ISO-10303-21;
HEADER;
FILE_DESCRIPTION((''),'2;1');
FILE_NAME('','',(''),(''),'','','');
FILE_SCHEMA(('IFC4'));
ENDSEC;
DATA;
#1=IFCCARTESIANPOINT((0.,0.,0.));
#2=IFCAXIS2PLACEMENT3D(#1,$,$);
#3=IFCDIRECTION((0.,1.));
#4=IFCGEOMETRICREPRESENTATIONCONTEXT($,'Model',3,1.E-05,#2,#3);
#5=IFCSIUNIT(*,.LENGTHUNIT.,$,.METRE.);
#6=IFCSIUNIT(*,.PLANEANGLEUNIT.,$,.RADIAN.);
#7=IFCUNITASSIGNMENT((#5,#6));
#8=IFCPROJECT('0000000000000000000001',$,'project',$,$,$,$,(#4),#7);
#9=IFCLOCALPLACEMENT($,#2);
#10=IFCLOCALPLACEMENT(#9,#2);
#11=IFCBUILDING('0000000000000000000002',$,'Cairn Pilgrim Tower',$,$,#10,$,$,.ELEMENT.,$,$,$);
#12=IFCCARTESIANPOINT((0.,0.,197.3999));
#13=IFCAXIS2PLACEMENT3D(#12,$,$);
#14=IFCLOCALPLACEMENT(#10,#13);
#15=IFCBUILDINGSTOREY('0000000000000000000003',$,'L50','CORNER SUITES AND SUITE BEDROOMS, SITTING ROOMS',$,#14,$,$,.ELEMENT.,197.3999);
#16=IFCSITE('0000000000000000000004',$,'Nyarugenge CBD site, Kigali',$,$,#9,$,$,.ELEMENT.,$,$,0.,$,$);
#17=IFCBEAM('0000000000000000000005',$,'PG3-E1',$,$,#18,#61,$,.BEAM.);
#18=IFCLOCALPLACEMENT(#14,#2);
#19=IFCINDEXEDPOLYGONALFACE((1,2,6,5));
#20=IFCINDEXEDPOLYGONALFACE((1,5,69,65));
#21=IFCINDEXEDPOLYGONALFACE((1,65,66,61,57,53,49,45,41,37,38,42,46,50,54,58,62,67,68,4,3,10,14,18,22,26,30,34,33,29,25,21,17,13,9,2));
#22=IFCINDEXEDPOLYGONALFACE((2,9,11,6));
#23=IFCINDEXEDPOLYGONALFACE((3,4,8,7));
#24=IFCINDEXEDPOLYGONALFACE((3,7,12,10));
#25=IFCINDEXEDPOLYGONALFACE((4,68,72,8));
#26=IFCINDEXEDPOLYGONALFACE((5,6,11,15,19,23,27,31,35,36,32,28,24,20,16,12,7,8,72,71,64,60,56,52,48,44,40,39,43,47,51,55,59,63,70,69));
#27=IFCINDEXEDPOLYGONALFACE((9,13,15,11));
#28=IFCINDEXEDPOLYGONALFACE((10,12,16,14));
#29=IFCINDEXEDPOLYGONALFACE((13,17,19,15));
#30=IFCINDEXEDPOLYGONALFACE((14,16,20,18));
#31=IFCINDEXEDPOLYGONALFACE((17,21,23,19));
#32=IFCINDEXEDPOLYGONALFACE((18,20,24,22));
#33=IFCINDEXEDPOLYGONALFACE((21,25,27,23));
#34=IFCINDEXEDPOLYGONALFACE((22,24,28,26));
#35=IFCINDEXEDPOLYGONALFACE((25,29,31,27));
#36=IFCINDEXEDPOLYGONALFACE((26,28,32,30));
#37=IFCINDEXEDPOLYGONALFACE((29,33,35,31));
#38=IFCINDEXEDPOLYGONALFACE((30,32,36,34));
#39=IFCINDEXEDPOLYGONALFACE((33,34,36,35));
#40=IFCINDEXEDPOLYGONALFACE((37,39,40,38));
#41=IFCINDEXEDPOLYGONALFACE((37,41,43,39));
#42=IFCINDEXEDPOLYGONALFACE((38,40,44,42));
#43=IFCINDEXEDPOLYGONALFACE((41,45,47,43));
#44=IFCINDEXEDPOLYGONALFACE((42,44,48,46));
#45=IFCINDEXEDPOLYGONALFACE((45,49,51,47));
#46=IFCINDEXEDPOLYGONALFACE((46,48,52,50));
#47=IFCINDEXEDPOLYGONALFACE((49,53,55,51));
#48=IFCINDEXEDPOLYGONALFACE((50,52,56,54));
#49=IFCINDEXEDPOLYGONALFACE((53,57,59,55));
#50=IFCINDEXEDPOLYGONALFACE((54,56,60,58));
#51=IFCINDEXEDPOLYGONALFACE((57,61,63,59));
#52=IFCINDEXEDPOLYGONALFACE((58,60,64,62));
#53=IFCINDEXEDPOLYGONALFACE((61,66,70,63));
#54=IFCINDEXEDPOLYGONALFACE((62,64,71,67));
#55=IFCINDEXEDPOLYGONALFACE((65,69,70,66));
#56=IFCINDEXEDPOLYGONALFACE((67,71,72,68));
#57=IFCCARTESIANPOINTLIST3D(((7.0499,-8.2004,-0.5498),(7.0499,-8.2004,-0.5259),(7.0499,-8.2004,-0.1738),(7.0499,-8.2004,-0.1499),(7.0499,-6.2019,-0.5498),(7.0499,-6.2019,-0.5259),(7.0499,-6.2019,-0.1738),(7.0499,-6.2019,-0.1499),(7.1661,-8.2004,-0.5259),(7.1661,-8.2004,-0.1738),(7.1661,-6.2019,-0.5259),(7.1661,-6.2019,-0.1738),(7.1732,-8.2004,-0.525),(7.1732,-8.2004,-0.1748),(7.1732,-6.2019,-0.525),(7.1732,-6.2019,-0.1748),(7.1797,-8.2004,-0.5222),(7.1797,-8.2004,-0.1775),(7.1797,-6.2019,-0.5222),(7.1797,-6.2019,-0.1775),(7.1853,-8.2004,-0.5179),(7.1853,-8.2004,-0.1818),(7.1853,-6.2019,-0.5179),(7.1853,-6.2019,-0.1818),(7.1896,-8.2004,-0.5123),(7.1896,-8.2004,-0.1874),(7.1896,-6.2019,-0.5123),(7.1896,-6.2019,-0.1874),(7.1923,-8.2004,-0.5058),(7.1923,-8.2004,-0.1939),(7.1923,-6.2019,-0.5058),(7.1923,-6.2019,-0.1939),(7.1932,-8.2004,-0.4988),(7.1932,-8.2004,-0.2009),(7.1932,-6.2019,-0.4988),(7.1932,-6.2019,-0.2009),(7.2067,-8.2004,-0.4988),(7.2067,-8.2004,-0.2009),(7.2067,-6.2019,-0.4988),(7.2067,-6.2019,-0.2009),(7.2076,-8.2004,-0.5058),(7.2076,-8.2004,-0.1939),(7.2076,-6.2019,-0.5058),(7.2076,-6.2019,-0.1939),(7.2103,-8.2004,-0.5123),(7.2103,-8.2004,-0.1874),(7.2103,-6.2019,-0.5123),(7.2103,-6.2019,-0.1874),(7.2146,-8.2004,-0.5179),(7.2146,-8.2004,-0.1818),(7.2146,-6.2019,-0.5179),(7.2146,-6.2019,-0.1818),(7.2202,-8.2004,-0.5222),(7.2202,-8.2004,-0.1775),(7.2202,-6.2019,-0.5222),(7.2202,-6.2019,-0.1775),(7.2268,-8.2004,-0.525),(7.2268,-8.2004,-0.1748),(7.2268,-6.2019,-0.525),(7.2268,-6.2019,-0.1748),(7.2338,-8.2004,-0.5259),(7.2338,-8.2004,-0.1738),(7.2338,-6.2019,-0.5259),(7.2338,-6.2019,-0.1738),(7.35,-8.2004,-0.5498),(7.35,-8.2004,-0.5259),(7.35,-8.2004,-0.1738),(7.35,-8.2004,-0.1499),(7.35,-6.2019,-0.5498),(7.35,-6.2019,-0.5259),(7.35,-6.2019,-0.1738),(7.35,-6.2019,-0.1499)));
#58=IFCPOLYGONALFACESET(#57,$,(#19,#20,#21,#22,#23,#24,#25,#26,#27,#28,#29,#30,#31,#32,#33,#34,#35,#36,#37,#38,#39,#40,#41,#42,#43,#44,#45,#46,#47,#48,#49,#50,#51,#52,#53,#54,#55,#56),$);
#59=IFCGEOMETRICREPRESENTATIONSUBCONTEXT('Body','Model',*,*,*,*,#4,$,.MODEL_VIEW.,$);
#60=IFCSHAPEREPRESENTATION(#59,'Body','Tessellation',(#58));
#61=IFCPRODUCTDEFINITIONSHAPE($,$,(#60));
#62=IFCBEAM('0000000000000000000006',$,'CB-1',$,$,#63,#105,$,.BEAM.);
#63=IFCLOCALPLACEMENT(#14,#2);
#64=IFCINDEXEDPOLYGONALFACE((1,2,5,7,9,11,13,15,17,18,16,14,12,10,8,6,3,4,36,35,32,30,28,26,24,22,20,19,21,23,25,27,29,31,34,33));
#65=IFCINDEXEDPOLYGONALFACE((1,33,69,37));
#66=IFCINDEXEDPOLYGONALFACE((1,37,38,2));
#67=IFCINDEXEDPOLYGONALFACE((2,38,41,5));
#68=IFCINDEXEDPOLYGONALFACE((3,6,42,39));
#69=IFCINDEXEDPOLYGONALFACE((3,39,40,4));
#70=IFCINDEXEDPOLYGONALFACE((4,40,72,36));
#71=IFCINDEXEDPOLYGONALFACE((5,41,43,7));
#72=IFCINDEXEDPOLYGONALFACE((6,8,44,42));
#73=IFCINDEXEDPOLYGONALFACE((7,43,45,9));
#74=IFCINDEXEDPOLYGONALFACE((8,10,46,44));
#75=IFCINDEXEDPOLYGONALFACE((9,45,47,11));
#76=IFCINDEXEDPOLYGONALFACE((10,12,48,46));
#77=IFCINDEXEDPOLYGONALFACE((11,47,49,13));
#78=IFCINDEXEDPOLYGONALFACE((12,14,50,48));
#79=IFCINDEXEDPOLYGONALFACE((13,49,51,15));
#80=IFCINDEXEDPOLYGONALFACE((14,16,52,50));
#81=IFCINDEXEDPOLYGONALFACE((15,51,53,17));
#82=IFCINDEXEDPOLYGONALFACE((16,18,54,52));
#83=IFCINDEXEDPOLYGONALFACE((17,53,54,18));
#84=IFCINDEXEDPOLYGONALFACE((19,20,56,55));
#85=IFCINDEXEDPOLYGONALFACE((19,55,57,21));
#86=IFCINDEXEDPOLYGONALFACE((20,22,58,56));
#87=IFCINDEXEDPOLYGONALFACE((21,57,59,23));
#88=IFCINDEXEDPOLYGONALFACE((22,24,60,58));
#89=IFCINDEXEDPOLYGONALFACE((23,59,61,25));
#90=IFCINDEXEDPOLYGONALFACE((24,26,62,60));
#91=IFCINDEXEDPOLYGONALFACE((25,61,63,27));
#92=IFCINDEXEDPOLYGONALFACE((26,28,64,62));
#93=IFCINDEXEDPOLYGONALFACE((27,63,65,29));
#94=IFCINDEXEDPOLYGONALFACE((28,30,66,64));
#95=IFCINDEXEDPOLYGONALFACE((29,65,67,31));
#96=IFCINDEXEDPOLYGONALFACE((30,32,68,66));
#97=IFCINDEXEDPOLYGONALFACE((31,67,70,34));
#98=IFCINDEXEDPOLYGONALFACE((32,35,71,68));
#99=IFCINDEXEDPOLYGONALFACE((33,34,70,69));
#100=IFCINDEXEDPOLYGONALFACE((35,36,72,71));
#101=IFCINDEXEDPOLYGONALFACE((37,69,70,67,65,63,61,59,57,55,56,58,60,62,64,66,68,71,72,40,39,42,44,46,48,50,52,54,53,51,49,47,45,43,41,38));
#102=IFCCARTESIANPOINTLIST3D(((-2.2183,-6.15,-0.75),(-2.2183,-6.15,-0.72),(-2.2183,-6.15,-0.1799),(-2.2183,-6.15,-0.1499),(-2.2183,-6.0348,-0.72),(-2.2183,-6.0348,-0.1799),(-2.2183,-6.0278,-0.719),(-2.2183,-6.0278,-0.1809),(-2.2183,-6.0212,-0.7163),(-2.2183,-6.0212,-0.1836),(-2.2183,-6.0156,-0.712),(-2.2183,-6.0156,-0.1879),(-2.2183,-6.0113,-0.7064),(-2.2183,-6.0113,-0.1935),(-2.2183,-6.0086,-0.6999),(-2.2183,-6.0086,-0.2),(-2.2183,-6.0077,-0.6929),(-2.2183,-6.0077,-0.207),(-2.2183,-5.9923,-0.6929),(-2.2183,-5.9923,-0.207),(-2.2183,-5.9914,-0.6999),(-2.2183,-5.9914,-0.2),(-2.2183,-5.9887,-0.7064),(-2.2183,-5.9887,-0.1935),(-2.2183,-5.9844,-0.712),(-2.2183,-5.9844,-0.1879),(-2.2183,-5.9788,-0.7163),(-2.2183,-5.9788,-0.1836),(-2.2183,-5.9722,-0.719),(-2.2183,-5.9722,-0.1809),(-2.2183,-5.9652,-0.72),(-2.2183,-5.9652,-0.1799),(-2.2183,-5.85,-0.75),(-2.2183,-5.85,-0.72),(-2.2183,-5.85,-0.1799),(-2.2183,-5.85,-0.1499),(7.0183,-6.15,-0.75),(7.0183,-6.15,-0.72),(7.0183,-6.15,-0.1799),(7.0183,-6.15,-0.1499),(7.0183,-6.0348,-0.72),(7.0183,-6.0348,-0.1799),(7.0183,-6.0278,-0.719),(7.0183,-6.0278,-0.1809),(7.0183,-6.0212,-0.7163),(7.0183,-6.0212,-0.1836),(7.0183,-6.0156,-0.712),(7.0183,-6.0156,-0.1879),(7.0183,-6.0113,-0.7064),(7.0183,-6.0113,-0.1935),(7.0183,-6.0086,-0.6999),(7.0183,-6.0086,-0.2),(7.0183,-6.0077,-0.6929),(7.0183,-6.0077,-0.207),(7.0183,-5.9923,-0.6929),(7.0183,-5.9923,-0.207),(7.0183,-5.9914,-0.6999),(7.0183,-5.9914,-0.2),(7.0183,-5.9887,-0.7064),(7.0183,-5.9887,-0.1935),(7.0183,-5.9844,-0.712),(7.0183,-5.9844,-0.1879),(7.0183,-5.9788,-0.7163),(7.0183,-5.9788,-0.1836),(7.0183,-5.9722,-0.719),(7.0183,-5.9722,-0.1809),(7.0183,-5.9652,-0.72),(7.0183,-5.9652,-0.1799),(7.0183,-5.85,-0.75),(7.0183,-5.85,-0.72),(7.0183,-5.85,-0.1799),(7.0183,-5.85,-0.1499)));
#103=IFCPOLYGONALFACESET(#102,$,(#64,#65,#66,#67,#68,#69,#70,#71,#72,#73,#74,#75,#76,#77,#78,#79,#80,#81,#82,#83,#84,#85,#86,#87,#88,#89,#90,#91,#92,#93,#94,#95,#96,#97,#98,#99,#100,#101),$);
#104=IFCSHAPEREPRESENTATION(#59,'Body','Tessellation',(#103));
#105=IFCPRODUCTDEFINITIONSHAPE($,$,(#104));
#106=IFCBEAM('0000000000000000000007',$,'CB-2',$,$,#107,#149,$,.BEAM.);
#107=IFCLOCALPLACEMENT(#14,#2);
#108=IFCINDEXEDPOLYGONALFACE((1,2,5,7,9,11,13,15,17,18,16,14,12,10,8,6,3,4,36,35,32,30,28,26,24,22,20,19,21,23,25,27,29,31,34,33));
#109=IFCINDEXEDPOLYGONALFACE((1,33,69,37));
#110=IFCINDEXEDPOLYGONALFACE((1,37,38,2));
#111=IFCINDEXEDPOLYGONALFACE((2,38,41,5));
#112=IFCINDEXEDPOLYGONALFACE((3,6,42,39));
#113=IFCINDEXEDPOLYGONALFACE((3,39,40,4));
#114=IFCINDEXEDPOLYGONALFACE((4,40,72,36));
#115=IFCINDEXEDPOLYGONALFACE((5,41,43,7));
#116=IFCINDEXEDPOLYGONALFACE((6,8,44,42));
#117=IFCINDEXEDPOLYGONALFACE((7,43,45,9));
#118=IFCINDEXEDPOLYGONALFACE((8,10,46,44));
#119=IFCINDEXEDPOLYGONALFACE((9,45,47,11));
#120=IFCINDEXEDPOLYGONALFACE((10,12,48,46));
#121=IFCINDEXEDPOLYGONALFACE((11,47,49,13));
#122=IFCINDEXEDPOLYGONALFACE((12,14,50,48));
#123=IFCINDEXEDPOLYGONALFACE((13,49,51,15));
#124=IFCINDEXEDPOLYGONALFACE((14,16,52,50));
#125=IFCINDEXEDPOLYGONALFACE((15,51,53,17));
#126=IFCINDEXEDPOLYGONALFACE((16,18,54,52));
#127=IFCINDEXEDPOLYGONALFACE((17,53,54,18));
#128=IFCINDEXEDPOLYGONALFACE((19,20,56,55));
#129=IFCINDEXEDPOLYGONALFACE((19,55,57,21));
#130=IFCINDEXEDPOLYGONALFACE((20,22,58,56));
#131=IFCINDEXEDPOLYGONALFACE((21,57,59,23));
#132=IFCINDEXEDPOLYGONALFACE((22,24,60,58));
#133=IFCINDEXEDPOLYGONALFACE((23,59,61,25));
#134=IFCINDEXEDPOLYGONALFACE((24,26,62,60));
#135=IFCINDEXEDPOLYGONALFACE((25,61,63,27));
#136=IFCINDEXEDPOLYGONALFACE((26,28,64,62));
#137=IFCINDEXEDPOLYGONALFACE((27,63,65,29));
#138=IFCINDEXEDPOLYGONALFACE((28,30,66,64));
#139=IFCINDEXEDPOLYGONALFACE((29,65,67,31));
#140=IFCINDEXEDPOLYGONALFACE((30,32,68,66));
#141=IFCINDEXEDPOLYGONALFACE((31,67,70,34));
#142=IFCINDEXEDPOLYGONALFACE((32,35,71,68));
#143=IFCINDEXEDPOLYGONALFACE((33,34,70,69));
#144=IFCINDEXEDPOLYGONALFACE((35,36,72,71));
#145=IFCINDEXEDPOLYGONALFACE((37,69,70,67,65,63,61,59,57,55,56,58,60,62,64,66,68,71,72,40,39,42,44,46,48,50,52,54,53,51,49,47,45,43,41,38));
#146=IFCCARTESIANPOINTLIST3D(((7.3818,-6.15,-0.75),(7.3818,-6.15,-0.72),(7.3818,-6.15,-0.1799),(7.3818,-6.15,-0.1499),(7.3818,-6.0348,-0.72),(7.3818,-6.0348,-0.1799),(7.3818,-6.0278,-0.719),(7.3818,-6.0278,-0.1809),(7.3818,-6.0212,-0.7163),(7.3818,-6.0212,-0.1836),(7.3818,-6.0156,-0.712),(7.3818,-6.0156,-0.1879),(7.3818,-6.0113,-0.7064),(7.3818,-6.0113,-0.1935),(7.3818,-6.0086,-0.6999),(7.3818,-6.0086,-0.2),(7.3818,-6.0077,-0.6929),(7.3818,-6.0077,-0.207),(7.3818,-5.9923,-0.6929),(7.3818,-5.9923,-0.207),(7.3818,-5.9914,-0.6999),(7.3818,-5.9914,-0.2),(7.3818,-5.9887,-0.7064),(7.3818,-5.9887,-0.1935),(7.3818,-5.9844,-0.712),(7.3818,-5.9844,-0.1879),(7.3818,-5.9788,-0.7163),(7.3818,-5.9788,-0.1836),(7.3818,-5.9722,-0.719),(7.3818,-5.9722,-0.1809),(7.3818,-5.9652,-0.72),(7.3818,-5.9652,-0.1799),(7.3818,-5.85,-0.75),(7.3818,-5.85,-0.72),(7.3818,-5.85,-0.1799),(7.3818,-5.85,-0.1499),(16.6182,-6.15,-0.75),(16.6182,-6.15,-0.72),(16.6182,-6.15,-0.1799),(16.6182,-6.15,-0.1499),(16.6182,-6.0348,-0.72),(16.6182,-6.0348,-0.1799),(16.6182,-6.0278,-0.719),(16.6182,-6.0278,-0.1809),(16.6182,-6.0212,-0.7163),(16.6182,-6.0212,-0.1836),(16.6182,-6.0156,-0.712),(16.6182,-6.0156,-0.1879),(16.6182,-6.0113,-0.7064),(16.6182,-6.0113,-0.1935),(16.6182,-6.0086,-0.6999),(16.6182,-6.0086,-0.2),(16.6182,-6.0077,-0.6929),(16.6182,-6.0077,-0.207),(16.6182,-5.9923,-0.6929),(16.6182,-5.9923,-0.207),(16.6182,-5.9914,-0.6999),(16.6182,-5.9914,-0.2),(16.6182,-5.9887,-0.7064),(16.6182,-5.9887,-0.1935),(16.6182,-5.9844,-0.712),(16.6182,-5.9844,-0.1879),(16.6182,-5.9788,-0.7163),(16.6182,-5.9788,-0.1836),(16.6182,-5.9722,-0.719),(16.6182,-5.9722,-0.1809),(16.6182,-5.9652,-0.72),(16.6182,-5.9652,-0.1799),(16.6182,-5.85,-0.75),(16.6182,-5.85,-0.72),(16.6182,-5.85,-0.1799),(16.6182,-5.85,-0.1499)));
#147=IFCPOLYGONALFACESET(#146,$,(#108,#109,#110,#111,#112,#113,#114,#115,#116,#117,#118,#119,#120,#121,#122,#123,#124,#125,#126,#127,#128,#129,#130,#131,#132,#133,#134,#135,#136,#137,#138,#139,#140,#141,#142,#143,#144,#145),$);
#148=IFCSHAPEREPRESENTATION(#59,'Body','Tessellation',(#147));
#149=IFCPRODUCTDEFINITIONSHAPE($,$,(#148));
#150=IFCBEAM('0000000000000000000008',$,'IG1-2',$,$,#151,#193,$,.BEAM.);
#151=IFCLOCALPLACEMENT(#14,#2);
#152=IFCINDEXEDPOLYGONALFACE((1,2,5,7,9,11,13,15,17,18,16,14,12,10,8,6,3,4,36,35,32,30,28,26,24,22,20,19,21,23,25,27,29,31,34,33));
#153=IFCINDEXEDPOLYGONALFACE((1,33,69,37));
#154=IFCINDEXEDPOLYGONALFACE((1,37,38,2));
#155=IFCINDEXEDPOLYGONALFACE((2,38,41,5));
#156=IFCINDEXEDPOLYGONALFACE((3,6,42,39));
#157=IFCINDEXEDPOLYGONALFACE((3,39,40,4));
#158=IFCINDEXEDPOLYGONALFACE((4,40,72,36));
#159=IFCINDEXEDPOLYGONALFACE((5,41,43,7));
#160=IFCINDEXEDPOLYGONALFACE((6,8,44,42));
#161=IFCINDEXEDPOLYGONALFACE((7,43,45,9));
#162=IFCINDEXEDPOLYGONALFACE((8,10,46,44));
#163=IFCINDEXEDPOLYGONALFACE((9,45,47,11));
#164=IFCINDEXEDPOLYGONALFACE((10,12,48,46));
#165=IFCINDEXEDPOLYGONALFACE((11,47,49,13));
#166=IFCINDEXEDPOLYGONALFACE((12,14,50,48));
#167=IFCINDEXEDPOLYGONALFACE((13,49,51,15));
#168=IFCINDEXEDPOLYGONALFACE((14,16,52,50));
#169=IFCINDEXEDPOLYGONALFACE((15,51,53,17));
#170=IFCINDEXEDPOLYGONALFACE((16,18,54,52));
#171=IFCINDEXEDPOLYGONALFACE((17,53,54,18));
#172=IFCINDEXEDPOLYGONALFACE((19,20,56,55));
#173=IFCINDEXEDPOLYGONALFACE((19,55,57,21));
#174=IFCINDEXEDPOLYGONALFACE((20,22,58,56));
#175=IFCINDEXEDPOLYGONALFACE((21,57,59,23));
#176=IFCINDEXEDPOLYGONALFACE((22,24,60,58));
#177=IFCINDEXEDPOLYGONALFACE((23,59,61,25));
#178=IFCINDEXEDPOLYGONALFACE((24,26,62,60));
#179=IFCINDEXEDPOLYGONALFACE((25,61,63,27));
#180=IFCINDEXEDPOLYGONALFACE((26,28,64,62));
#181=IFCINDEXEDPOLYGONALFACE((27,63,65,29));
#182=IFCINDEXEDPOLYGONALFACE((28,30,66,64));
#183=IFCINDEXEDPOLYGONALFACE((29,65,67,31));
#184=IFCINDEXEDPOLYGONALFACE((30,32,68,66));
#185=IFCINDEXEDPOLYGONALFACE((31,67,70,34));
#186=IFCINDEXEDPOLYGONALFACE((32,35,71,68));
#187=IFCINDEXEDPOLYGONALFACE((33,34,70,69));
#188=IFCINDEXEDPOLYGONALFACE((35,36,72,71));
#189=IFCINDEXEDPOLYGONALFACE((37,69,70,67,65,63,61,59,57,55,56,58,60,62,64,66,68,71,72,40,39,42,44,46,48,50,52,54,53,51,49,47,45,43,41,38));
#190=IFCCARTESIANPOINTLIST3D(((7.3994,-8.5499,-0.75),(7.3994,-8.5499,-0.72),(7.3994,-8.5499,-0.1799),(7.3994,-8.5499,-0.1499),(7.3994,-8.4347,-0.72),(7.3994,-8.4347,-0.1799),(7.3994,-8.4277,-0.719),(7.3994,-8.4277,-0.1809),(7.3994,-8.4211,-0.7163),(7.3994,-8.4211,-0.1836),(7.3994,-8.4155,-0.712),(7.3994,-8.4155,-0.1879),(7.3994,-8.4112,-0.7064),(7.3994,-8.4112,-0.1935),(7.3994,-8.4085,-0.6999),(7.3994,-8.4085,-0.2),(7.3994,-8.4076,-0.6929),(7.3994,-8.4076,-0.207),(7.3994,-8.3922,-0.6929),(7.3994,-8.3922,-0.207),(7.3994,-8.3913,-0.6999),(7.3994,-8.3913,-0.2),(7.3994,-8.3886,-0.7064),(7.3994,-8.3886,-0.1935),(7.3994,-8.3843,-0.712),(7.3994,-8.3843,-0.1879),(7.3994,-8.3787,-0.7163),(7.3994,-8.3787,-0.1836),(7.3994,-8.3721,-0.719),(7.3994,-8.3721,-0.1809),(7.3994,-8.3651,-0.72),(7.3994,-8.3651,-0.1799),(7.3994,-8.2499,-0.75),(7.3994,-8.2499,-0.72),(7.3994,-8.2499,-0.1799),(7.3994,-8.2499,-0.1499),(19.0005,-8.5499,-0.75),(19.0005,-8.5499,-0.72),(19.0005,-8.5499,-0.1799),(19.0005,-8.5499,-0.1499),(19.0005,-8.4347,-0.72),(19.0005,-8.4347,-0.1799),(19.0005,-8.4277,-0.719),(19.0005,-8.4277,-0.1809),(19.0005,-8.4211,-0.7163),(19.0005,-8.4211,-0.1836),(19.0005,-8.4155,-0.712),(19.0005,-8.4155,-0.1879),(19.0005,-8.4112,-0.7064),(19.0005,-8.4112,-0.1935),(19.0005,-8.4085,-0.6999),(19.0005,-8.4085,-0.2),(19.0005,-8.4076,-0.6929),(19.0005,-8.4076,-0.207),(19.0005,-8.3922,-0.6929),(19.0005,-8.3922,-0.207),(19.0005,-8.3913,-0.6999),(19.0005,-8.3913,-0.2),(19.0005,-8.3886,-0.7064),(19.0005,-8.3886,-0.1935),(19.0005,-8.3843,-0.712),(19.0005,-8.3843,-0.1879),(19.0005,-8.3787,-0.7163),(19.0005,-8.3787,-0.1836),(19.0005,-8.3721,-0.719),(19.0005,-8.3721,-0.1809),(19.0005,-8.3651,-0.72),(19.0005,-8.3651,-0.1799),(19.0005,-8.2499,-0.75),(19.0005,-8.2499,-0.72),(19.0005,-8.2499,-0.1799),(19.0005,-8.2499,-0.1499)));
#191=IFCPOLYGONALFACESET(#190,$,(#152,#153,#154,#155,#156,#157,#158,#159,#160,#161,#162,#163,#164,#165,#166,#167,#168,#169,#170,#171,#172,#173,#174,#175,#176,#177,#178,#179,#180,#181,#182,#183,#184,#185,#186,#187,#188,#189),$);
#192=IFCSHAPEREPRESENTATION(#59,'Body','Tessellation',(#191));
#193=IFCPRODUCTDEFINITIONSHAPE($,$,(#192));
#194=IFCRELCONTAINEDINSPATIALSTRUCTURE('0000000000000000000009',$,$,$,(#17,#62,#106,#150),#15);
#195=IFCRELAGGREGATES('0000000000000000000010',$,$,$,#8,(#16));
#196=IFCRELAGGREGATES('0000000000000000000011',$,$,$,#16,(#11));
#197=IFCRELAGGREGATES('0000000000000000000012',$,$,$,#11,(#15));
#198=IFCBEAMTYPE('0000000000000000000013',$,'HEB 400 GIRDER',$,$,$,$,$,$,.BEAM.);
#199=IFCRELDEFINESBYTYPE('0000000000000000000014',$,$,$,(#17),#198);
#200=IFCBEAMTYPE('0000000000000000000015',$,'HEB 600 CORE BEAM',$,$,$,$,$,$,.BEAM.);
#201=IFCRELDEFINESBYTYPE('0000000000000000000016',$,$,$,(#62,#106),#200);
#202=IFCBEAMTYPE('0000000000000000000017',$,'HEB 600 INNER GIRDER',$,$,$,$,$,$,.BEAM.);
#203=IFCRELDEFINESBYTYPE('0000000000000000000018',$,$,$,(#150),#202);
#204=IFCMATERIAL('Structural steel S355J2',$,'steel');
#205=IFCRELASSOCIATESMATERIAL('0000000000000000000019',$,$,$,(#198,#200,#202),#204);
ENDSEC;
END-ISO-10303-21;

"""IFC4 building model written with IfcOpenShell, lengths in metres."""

from ifc_helpers import new_model, si_unit, direction, frame, origin, origin_2d, place, context, subcontext, project, spatial, i_section, extrude, material, material_profile, profile_set, type_object, element, save


model = new_model("IFC4")

# Units and contexts
model_context = context("Model", 3, precision=1e-05, world=origin(), true_north=direction((0.0, 1.0)))
body_context = subcontext(model_context, "Body", "Model", "MODEL_VIEW")
ifc_project = project(units=[si_unit("LENGTHUNIT", "METRE"), si_unit("PLANEANGLEUNIT", "RADIAN")], contexts=[model_context])

# Site, building, storey
site_placement = place(None, origin())
site = spatial("IfcSite", under=ifc_project, at=site_placement, Name="Nyarugenge CBD site, Kigali", CompositionType="ELEMENT", RefElevation=0.0)
building_placement = place(site_placement, origin())
building = spatial("IfcBuilding", under=site, at=building_placement, Name="Cairn Pilgrim Tower", CompositionType="ELEMENT")
storey_placement = place(building_placement, frame((0.0, 0.0, 197.3999)))
storey = spatial("IfcBuildingStorey", under=building, at=storey_placement, Name="L50", Description="CORNER SUITES AND SUITE BEDROOMS, SITTING ROOMS", CompositionType="ELEMENT", Elevation=197.3999)

# Shared definitions
ifc_material_1 = material(Name="Structural steel S355J2", Category="steel")

# Beams
ifc_material_profile_1 = material_profile(ifc_material_1, i_section(OverallWidth=0.3, OverallDepth=0.3999, WebThickness=0.0134, FlangeThickness=0.0239, FilletRadius=0.0271, at=origin_2d()), Name="HEB 400")
ifc_profile_set_1 = profile_set([ifc_material_profile_1], Name="Structural steel S355J2")
beam_type_1 = type_object("IfcBeamType", Name="HEB 400 GIRDER", PredefinedType="BEAM", material=ifc_profile_set_1)
beam_1_placement = place(storey_placement, frame((7.2, -8.2004, -0.3499), z_axis=(0.0, 1.0, 0.0), x_axis=(-1.0, 0.0, 0.0)))
element("IfcBeam", 1, at=beam_1_placement, inside=storey, type_object=beam_type_1, Name="PG3-E1", PredefinedType="BEAM", context=body_context, shape_type="SweptSolid", body=[
    extrude(i_section(OverallWidth=0.3, OverallDepth=0.3999, WebThickness=0.0134, FlangeThickness=0.0239, FilletRadius=0.0271, at=origin_2d()), origin(), (0.0, 0.0, 1.0), 1.9985),
])
ifc_material_profile_2 = material_profile(ifc_material_1, i_section(OverallWidth=0.3, OverallDepth=0.6001, WebThickness=0.0154, FlangeThickness=0.03, FilletRadius=0.0271, at=origin_2d()), Name="HEB 600")
ifc_profile_set_2 = profile_set([ifc_material_profile_2], Name="Structural steel S355J2")
beam_type_2 = type_object("IfcBeamType", Name="HEB 600 CORE BEAM", PredefinedType="BEAM", material=ifc_profile_set_2)
beam_2_placement = place(storey_placement, frame((-2.2183, -6.0, -0.45), z_axis=(1.0, 0.0, 0.0), x_axis=(0.0, 1.0, 0.0)))
element("IfcBeam", 2, at=beam_2_placement, inside=storey, type_object=beam_type_2, Name="CB-1", PredefinedType="BEAM", context=body_context, shape_type="SweptSolid", body=[
    extrude(i_section(OverallWidth=0.3, OverallDepth=0.6001, WebThickness=0.0154, FlangeThickness=0.03, FilletRadius=0.0271, at=origin_2d()), origin(), (0.0, 0.0, 1.0), 9.2366),
])
beam_3_placement = place(storey_placement, frame((7.3818, -6.0, -0.45), z_axis=(1.0, 0.0, 0.0), x_axis=(0.0, 1.0, 0.0)))
element("IfcBeam", 3, at=beam_3_placement, inside=storey, type_object=beam_type_2, Name="CB-2", PredefinedType="BEAM", context=body_context, shape_type="SweptSolid", body=[
    extrude(i_section(OverallWidth=0.3, OverallDepth=0.6001, WebThickness=0.0154, FlangeThickness=0.03, FilletRadius=0.0271, at=origin_2d()), origin(), (0.0, 0.0, 1.0), 9.2363),
])
ifc_material_profile_3 = material_profile(ifc_material_1, i_section(OverallWidth=0.3, OverallDepth=0.6001, WebThickness=0.0154, FlangeThickness=0.03, FilletRadius=0.0271, at=origin_2d()), Name="HEB 600")
ifc_profile_set_3 = profile_set([ifc_material_profile_3], Name="Structural steel S355J2")
beam_type_3 = type_object("IfcBeamType", Name="HEB 600 INNER GIRDER", PredefinedType="BEAM", material=ifc_profile_set_3)
beam_4_placement = place(storey_placement, frame((7.3994, -8.3999, -0.45), z_axis=(1.0, 0.0, 0.0), x_axis=(0.0, 1.0, 0.0)))
element("IfcBeam", 4, at=beam_4_placement, inside=storey, type_object=beam_type_3, Name="IG1-2", PredefinedType="BEAM", context=body_context, shape_type="SweptSolid", body=[
    extrude(i_section(OverallWidth=0.3, OverallDepth=0.6001, WebThickness=0.0154, FlangeThickness=0.03, FilletRadius=0.0271, at=origin_2d()), origin(), (0.0, 0.0, 1.0), 11.6011),
])

save(model, "model.ifc")
